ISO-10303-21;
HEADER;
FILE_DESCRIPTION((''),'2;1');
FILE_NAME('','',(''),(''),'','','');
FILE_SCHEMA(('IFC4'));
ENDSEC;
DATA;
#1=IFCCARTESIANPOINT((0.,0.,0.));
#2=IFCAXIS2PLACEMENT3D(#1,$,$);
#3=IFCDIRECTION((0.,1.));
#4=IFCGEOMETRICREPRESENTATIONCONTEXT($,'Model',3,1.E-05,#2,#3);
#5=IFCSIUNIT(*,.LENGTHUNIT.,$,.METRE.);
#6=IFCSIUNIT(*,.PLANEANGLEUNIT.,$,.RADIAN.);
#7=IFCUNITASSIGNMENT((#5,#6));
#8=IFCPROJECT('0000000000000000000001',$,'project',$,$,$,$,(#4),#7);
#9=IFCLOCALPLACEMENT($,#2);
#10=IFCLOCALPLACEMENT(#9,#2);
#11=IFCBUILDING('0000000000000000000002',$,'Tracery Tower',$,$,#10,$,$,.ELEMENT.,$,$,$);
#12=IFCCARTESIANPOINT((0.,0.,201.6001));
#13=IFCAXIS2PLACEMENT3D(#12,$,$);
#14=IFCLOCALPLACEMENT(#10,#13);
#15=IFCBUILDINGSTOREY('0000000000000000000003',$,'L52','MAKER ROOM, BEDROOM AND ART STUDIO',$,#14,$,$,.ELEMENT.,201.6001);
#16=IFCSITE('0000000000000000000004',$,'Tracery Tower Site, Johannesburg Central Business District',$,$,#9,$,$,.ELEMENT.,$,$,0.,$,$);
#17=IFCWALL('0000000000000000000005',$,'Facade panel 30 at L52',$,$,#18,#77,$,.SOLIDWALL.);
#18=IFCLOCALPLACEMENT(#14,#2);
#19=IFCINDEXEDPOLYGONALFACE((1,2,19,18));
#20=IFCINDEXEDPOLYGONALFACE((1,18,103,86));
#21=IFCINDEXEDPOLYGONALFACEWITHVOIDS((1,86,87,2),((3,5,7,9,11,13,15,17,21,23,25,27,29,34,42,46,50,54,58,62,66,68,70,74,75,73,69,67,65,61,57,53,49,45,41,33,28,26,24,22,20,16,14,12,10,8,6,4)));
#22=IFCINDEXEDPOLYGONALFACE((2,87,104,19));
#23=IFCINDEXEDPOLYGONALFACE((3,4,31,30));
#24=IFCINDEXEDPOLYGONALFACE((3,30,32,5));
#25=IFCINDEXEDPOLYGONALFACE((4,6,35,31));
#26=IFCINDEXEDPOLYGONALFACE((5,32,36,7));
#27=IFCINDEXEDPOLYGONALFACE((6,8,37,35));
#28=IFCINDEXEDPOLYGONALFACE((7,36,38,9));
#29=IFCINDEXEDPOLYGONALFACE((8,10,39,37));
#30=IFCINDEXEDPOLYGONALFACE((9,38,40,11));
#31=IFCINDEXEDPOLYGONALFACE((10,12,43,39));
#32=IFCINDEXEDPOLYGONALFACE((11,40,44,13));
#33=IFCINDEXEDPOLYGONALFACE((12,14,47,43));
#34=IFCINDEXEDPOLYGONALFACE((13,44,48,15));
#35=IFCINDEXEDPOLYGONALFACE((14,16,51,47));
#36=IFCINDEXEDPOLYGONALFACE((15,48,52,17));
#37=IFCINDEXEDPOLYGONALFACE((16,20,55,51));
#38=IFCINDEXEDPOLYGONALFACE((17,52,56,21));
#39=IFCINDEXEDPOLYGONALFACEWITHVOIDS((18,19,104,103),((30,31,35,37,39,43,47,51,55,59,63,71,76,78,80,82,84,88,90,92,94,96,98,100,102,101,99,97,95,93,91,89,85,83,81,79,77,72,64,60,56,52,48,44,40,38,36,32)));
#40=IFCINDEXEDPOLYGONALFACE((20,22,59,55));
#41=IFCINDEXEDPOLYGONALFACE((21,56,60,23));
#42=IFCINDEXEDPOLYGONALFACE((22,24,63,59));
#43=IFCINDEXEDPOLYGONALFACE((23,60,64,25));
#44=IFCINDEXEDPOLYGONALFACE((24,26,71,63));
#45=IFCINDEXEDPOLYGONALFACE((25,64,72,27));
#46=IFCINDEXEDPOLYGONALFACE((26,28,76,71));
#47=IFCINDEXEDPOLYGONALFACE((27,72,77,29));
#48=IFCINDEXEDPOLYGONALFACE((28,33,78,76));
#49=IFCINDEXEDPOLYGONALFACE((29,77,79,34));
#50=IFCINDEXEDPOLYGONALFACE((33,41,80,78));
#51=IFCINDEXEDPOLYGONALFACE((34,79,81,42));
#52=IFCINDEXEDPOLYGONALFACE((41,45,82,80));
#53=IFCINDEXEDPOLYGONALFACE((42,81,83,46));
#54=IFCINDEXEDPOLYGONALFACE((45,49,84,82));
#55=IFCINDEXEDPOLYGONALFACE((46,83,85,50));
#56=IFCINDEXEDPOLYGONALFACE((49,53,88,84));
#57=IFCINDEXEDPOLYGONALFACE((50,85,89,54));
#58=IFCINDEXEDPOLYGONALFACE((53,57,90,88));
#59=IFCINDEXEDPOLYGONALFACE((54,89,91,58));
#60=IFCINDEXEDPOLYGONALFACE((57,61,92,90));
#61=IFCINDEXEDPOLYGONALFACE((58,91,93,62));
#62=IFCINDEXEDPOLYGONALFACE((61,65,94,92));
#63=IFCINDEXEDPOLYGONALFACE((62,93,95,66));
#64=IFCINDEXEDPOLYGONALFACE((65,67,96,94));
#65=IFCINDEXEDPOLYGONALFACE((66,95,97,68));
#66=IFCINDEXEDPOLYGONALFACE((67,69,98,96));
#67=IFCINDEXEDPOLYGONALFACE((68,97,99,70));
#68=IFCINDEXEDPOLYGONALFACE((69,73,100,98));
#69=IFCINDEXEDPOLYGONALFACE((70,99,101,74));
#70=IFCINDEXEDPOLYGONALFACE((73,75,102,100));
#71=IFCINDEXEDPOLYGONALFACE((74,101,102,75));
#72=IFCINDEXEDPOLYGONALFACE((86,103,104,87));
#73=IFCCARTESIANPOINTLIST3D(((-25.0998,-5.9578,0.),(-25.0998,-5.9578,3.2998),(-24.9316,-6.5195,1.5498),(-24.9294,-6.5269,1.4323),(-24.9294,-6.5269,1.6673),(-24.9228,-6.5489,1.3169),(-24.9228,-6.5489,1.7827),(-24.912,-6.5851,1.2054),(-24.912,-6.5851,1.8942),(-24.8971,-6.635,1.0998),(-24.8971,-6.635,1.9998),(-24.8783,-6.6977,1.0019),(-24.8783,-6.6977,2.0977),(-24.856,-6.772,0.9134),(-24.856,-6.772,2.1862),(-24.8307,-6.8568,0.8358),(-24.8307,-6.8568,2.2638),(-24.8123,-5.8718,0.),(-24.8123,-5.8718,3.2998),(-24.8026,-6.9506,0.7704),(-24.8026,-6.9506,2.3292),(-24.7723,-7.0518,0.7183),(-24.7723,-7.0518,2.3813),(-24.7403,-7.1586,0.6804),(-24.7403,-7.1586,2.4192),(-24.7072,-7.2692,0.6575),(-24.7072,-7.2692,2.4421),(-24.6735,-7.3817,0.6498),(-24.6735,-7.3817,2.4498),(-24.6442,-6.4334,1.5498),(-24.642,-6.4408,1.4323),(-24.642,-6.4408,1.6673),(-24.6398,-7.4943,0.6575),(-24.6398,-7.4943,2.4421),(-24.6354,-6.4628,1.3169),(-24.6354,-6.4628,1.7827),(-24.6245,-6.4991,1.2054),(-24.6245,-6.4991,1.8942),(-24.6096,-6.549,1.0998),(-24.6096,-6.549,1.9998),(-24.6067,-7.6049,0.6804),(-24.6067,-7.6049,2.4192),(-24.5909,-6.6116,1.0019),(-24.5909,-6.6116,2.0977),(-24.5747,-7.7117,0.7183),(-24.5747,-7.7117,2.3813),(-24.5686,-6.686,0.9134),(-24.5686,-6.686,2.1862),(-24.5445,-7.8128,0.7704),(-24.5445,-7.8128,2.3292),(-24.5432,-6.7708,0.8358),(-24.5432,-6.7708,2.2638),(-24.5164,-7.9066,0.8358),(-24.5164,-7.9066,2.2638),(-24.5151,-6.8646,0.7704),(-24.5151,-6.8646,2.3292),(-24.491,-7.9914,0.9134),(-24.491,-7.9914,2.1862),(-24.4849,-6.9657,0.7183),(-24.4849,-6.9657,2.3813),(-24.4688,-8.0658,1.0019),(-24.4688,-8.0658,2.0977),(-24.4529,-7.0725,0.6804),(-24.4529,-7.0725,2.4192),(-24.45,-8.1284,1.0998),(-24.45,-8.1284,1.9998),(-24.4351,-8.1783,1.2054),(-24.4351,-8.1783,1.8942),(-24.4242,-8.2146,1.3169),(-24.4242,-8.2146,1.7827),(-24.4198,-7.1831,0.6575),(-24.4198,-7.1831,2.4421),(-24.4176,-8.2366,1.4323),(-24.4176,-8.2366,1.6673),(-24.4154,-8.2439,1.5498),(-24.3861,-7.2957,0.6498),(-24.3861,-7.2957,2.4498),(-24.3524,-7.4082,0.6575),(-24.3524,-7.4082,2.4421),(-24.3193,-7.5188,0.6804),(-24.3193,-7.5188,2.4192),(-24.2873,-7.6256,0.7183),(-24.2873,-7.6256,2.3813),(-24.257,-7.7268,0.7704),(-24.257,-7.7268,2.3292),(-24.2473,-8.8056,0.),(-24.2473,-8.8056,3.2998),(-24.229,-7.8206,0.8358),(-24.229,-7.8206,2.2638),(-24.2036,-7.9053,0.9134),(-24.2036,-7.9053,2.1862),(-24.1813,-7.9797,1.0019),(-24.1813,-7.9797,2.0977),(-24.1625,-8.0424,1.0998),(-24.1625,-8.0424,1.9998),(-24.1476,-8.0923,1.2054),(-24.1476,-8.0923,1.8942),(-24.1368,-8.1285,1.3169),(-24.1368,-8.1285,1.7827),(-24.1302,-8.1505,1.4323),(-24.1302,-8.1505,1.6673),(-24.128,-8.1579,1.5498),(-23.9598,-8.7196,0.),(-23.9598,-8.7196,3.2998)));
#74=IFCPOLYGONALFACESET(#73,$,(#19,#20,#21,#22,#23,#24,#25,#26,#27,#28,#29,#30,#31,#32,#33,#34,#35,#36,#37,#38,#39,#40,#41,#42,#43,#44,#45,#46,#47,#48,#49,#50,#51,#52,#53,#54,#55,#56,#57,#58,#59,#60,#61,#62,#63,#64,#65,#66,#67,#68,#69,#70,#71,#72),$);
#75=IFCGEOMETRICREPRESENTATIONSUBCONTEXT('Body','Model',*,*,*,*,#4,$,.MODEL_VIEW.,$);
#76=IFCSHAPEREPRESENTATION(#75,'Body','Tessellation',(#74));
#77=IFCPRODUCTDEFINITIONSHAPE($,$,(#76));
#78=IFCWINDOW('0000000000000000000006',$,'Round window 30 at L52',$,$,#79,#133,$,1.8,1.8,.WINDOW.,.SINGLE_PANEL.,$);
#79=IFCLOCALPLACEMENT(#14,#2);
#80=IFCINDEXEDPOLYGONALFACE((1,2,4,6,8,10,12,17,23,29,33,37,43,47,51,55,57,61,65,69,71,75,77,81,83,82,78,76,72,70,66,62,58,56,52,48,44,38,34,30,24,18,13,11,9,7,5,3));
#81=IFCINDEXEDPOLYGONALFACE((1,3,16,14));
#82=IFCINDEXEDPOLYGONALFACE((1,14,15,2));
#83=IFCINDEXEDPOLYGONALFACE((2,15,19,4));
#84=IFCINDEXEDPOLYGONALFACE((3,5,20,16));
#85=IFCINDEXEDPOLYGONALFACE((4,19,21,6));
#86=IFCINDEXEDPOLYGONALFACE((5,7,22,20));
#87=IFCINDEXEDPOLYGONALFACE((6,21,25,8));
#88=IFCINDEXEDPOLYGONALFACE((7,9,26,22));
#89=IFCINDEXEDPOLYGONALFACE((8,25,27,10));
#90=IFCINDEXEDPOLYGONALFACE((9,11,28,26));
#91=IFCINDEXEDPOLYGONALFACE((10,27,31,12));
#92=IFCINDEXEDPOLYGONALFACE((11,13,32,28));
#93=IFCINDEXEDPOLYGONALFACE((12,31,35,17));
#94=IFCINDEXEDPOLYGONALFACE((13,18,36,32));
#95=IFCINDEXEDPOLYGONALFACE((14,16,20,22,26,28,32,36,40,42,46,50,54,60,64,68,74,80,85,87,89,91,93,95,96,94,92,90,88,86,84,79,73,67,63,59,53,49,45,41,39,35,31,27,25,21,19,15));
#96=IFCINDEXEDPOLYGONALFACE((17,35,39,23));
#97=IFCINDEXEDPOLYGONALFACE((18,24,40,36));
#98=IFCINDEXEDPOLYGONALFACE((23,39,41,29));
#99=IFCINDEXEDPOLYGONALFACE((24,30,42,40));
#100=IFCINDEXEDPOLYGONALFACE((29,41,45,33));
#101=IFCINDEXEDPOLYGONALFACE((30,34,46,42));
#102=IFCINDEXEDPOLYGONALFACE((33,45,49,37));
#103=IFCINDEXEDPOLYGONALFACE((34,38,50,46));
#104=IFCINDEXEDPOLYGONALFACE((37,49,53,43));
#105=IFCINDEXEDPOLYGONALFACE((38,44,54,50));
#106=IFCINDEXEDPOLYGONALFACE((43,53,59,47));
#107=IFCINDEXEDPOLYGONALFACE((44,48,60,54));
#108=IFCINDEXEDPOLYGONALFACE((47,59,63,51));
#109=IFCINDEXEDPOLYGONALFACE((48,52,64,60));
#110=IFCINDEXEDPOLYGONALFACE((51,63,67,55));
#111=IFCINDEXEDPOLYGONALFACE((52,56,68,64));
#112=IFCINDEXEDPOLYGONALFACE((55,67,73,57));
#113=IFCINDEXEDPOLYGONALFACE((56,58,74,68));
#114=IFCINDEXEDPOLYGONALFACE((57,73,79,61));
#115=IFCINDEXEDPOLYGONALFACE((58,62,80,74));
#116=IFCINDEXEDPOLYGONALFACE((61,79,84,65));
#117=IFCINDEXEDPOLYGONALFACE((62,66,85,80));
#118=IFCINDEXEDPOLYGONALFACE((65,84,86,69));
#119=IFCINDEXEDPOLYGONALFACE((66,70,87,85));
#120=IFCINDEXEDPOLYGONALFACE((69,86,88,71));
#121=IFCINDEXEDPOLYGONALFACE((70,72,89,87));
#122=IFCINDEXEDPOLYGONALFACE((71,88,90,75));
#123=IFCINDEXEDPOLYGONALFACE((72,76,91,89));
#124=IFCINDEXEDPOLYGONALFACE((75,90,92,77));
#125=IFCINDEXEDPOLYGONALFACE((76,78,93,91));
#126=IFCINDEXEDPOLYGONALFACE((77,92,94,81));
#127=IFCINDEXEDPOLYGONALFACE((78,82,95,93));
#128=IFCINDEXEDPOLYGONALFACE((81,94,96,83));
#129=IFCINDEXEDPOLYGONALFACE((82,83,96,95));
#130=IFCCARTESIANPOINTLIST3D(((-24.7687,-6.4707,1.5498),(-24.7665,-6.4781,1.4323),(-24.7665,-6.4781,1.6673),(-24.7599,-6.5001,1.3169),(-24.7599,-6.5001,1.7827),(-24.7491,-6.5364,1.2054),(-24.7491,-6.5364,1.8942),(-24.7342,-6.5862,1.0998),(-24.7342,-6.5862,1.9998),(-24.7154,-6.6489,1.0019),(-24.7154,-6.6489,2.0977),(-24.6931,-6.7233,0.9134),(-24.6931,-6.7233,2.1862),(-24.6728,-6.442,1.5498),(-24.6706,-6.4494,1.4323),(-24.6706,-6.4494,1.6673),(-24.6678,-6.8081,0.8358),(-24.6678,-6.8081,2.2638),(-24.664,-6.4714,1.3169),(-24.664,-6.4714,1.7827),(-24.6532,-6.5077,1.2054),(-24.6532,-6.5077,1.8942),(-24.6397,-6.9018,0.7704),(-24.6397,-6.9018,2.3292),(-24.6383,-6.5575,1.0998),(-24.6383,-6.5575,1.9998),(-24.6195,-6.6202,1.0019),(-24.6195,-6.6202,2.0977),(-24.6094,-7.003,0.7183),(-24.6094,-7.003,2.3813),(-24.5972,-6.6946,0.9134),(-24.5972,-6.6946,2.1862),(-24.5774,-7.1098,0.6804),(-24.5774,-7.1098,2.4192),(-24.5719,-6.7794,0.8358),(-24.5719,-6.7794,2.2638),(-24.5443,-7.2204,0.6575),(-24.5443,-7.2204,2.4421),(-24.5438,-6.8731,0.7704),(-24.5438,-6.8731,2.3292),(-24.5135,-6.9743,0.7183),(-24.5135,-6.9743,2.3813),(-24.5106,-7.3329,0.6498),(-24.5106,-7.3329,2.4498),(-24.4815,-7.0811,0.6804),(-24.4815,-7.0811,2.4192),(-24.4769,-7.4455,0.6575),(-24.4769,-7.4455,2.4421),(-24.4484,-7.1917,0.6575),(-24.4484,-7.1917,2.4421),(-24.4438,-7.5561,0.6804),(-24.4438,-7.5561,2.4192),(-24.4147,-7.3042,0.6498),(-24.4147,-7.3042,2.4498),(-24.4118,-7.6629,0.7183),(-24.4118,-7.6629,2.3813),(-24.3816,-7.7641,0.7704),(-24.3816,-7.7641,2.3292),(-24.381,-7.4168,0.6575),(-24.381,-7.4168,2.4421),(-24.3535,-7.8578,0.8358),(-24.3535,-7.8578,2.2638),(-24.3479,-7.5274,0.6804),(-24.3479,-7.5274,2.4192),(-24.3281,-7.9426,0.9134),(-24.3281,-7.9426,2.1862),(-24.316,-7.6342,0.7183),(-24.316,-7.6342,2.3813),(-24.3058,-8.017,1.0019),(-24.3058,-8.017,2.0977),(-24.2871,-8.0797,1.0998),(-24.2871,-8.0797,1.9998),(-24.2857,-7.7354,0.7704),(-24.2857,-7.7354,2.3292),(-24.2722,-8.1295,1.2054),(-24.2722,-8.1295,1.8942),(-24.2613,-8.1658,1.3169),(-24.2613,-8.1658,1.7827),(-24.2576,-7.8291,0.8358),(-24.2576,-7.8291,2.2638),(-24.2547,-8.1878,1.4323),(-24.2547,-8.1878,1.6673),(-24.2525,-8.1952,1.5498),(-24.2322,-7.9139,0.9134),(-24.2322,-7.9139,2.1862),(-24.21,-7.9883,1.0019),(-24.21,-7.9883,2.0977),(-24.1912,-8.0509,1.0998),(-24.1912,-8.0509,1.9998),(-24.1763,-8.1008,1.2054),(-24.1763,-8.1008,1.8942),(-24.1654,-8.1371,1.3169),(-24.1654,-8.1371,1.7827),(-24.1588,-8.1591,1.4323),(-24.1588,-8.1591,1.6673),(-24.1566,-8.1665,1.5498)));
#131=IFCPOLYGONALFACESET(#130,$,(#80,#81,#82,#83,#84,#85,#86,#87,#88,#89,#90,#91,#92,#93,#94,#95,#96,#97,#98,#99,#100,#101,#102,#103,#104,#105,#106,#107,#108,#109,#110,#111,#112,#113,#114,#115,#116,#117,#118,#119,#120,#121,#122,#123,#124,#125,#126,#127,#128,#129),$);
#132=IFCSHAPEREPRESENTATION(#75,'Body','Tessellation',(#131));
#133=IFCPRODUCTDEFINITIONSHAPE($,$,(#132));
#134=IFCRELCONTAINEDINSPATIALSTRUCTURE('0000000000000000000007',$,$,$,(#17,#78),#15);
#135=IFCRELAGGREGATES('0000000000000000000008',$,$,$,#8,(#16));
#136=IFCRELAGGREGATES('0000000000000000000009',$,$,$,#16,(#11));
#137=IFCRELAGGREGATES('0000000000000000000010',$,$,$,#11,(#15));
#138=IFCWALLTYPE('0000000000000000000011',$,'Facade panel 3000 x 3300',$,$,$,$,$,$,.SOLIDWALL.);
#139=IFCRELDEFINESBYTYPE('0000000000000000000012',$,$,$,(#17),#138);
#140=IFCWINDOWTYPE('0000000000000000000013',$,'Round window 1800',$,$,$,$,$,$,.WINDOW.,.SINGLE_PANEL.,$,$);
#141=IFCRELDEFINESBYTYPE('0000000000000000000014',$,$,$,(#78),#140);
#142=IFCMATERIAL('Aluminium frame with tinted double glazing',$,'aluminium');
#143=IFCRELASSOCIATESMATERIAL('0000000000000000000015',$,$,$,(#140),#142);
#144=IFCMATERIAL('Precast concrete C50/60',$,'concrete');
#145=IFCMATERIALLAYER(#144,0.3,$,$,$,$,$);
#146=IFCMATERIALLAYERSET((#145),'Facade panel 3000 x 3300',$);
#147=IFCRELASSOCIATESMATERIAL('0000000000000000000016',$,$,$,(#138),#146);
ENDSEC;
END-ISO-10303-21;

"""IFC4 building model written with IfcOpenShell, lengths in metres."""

from ifc_helpers import new_model, si_unit, direction, frame, frame_2d, origin, origin_2d, place, context, subcontext, project, spatial, rectangle, circle, extrude, material, layer, layer_set, type_object, element, fill, save


model = new_model("IFC4")

# Units and contexts
model_context = context("Model", 3, precision=1e-05, world=origin(), true_north=direction((0.0, 1.0)))
body_context = subcontext(model_context, "Body", "Model", "MODEL_VIEW")
ifc_project = project(units=[si_unit("LENGTHUNIT", "METRE"), si_unit("PLANEANGLEUNIT", "RADIAN")], contexts=[model_context])

# Site, building, storey
site_placement = place(None, origin())
site = spatial("IfcSite", under=ifc_project, at=site_placement, Name="Tracery Tower Site, Johannesburg Central Business District", CompositionType="ELEMENT", RefElevation=0.0)
building_placement = place(site_placement, origin())
building = spatial("IfcBuilding", under=site, at=building_placement, Name="Tracery Tower", CompositionType="ELEMENT")
storey_placement = place(building_placement, frame((0.0, 0.0, 201.6001)))
storey = spatial("IfcBuildingStorey", under=building, at=storey_placement, Name="L52", Description="MAKER ROOM, BEDROOM AND ART STUDIO", CompositionType="ELEMENT", Elevation=201.6001)

# Wall, opening, window
ifc_material_1 = material(Name="Aluminium frame with tinted double glazing", Category="aluminium")
window_type = type_object("IfcWindowType", Name="Round window 1800", PartitioningType="SINGLE_PANEL", PredefinedType="WINDOW", material=ifc_material_1)
ifc_material_2 = material(Name="Precast concrete C50/60", Category="concrete")
ifc_layer_1 = layer(ifc_material_2, 0.3)
ifc_layer_set_1 = layer_set([ifc_layer_1], Name="Facade panel 3000 x 3300")
wall_type_1 = type_object("IfcWallType", Name="Facade panel 3000 x 3300", PredefinedType="SOLIDWALL", material=ifc_layer_set_1)
wall_1_placement = place(storey_placement, frame((-24.9561, -5.9148, 0.0), z_axis=(0.0, 0.0, 1.0), x_axis=(0.286783, -0.957996, 0.0)))
wall_1 = element("IfcWall", 1, at=wall_1_placement, inside=storey, type_object=wall_type_1, Name="Facade panel 30 at L52", PredefinedType="SOLIDWALL", context=body_context, shape_type="SweptSolid", body=[
    extrude(rectangle(XDim=2.9727, YDim=0.3, at=frame_2d((1.4863, 0.0))), origin(), (0.0, 0.0, 1.0), 3.2998),
])
opening_1_placement = place(wall_1_placement, frame((1.4863, 0.0, 1.5498)))
opening_1 = element("IfcOpeningElement", 2, at=opening_1_placement, cuts=wall_1, PredefinedType="OPENING", context=body_context, shape_type="SweptSolid", body=[
    extrude(circle(Radius=0.9, at=origin_2d()), frame((0.0, 0.1599, 0.0), z_axis=(0.0, -1.0, 0.0), x_axis=(1.0, 0.0, 0.0)), (0.0, 0.0, 1.0), 0.3201),
])
window_1_placement = place(opening_1_placement, origin())
window_1 = element("IfcWindow", 3, at=window_1_placement, inside=storey, type_object=window_type, Name="Round window 30 at L52", OverallHeight=1.8, OverallWidth=1.8, PartitioningType="SINGLE_PANEL", PredefinedType="WINDOW", context=body_context, shape_type="SweptSolid", body=[
    extrude(circle(Radius=0.9, at=origin_2d()), frame((0.0, 0.1201, 0.0), z_axis=(0.0, -1.0, 0.0), x_axis=(1.0, 0.0, 0.0)), (0.0, 0.0, 1.0), 0.1001),
])
fill(opening_1, window_1)

save(model, "model.ifc")
